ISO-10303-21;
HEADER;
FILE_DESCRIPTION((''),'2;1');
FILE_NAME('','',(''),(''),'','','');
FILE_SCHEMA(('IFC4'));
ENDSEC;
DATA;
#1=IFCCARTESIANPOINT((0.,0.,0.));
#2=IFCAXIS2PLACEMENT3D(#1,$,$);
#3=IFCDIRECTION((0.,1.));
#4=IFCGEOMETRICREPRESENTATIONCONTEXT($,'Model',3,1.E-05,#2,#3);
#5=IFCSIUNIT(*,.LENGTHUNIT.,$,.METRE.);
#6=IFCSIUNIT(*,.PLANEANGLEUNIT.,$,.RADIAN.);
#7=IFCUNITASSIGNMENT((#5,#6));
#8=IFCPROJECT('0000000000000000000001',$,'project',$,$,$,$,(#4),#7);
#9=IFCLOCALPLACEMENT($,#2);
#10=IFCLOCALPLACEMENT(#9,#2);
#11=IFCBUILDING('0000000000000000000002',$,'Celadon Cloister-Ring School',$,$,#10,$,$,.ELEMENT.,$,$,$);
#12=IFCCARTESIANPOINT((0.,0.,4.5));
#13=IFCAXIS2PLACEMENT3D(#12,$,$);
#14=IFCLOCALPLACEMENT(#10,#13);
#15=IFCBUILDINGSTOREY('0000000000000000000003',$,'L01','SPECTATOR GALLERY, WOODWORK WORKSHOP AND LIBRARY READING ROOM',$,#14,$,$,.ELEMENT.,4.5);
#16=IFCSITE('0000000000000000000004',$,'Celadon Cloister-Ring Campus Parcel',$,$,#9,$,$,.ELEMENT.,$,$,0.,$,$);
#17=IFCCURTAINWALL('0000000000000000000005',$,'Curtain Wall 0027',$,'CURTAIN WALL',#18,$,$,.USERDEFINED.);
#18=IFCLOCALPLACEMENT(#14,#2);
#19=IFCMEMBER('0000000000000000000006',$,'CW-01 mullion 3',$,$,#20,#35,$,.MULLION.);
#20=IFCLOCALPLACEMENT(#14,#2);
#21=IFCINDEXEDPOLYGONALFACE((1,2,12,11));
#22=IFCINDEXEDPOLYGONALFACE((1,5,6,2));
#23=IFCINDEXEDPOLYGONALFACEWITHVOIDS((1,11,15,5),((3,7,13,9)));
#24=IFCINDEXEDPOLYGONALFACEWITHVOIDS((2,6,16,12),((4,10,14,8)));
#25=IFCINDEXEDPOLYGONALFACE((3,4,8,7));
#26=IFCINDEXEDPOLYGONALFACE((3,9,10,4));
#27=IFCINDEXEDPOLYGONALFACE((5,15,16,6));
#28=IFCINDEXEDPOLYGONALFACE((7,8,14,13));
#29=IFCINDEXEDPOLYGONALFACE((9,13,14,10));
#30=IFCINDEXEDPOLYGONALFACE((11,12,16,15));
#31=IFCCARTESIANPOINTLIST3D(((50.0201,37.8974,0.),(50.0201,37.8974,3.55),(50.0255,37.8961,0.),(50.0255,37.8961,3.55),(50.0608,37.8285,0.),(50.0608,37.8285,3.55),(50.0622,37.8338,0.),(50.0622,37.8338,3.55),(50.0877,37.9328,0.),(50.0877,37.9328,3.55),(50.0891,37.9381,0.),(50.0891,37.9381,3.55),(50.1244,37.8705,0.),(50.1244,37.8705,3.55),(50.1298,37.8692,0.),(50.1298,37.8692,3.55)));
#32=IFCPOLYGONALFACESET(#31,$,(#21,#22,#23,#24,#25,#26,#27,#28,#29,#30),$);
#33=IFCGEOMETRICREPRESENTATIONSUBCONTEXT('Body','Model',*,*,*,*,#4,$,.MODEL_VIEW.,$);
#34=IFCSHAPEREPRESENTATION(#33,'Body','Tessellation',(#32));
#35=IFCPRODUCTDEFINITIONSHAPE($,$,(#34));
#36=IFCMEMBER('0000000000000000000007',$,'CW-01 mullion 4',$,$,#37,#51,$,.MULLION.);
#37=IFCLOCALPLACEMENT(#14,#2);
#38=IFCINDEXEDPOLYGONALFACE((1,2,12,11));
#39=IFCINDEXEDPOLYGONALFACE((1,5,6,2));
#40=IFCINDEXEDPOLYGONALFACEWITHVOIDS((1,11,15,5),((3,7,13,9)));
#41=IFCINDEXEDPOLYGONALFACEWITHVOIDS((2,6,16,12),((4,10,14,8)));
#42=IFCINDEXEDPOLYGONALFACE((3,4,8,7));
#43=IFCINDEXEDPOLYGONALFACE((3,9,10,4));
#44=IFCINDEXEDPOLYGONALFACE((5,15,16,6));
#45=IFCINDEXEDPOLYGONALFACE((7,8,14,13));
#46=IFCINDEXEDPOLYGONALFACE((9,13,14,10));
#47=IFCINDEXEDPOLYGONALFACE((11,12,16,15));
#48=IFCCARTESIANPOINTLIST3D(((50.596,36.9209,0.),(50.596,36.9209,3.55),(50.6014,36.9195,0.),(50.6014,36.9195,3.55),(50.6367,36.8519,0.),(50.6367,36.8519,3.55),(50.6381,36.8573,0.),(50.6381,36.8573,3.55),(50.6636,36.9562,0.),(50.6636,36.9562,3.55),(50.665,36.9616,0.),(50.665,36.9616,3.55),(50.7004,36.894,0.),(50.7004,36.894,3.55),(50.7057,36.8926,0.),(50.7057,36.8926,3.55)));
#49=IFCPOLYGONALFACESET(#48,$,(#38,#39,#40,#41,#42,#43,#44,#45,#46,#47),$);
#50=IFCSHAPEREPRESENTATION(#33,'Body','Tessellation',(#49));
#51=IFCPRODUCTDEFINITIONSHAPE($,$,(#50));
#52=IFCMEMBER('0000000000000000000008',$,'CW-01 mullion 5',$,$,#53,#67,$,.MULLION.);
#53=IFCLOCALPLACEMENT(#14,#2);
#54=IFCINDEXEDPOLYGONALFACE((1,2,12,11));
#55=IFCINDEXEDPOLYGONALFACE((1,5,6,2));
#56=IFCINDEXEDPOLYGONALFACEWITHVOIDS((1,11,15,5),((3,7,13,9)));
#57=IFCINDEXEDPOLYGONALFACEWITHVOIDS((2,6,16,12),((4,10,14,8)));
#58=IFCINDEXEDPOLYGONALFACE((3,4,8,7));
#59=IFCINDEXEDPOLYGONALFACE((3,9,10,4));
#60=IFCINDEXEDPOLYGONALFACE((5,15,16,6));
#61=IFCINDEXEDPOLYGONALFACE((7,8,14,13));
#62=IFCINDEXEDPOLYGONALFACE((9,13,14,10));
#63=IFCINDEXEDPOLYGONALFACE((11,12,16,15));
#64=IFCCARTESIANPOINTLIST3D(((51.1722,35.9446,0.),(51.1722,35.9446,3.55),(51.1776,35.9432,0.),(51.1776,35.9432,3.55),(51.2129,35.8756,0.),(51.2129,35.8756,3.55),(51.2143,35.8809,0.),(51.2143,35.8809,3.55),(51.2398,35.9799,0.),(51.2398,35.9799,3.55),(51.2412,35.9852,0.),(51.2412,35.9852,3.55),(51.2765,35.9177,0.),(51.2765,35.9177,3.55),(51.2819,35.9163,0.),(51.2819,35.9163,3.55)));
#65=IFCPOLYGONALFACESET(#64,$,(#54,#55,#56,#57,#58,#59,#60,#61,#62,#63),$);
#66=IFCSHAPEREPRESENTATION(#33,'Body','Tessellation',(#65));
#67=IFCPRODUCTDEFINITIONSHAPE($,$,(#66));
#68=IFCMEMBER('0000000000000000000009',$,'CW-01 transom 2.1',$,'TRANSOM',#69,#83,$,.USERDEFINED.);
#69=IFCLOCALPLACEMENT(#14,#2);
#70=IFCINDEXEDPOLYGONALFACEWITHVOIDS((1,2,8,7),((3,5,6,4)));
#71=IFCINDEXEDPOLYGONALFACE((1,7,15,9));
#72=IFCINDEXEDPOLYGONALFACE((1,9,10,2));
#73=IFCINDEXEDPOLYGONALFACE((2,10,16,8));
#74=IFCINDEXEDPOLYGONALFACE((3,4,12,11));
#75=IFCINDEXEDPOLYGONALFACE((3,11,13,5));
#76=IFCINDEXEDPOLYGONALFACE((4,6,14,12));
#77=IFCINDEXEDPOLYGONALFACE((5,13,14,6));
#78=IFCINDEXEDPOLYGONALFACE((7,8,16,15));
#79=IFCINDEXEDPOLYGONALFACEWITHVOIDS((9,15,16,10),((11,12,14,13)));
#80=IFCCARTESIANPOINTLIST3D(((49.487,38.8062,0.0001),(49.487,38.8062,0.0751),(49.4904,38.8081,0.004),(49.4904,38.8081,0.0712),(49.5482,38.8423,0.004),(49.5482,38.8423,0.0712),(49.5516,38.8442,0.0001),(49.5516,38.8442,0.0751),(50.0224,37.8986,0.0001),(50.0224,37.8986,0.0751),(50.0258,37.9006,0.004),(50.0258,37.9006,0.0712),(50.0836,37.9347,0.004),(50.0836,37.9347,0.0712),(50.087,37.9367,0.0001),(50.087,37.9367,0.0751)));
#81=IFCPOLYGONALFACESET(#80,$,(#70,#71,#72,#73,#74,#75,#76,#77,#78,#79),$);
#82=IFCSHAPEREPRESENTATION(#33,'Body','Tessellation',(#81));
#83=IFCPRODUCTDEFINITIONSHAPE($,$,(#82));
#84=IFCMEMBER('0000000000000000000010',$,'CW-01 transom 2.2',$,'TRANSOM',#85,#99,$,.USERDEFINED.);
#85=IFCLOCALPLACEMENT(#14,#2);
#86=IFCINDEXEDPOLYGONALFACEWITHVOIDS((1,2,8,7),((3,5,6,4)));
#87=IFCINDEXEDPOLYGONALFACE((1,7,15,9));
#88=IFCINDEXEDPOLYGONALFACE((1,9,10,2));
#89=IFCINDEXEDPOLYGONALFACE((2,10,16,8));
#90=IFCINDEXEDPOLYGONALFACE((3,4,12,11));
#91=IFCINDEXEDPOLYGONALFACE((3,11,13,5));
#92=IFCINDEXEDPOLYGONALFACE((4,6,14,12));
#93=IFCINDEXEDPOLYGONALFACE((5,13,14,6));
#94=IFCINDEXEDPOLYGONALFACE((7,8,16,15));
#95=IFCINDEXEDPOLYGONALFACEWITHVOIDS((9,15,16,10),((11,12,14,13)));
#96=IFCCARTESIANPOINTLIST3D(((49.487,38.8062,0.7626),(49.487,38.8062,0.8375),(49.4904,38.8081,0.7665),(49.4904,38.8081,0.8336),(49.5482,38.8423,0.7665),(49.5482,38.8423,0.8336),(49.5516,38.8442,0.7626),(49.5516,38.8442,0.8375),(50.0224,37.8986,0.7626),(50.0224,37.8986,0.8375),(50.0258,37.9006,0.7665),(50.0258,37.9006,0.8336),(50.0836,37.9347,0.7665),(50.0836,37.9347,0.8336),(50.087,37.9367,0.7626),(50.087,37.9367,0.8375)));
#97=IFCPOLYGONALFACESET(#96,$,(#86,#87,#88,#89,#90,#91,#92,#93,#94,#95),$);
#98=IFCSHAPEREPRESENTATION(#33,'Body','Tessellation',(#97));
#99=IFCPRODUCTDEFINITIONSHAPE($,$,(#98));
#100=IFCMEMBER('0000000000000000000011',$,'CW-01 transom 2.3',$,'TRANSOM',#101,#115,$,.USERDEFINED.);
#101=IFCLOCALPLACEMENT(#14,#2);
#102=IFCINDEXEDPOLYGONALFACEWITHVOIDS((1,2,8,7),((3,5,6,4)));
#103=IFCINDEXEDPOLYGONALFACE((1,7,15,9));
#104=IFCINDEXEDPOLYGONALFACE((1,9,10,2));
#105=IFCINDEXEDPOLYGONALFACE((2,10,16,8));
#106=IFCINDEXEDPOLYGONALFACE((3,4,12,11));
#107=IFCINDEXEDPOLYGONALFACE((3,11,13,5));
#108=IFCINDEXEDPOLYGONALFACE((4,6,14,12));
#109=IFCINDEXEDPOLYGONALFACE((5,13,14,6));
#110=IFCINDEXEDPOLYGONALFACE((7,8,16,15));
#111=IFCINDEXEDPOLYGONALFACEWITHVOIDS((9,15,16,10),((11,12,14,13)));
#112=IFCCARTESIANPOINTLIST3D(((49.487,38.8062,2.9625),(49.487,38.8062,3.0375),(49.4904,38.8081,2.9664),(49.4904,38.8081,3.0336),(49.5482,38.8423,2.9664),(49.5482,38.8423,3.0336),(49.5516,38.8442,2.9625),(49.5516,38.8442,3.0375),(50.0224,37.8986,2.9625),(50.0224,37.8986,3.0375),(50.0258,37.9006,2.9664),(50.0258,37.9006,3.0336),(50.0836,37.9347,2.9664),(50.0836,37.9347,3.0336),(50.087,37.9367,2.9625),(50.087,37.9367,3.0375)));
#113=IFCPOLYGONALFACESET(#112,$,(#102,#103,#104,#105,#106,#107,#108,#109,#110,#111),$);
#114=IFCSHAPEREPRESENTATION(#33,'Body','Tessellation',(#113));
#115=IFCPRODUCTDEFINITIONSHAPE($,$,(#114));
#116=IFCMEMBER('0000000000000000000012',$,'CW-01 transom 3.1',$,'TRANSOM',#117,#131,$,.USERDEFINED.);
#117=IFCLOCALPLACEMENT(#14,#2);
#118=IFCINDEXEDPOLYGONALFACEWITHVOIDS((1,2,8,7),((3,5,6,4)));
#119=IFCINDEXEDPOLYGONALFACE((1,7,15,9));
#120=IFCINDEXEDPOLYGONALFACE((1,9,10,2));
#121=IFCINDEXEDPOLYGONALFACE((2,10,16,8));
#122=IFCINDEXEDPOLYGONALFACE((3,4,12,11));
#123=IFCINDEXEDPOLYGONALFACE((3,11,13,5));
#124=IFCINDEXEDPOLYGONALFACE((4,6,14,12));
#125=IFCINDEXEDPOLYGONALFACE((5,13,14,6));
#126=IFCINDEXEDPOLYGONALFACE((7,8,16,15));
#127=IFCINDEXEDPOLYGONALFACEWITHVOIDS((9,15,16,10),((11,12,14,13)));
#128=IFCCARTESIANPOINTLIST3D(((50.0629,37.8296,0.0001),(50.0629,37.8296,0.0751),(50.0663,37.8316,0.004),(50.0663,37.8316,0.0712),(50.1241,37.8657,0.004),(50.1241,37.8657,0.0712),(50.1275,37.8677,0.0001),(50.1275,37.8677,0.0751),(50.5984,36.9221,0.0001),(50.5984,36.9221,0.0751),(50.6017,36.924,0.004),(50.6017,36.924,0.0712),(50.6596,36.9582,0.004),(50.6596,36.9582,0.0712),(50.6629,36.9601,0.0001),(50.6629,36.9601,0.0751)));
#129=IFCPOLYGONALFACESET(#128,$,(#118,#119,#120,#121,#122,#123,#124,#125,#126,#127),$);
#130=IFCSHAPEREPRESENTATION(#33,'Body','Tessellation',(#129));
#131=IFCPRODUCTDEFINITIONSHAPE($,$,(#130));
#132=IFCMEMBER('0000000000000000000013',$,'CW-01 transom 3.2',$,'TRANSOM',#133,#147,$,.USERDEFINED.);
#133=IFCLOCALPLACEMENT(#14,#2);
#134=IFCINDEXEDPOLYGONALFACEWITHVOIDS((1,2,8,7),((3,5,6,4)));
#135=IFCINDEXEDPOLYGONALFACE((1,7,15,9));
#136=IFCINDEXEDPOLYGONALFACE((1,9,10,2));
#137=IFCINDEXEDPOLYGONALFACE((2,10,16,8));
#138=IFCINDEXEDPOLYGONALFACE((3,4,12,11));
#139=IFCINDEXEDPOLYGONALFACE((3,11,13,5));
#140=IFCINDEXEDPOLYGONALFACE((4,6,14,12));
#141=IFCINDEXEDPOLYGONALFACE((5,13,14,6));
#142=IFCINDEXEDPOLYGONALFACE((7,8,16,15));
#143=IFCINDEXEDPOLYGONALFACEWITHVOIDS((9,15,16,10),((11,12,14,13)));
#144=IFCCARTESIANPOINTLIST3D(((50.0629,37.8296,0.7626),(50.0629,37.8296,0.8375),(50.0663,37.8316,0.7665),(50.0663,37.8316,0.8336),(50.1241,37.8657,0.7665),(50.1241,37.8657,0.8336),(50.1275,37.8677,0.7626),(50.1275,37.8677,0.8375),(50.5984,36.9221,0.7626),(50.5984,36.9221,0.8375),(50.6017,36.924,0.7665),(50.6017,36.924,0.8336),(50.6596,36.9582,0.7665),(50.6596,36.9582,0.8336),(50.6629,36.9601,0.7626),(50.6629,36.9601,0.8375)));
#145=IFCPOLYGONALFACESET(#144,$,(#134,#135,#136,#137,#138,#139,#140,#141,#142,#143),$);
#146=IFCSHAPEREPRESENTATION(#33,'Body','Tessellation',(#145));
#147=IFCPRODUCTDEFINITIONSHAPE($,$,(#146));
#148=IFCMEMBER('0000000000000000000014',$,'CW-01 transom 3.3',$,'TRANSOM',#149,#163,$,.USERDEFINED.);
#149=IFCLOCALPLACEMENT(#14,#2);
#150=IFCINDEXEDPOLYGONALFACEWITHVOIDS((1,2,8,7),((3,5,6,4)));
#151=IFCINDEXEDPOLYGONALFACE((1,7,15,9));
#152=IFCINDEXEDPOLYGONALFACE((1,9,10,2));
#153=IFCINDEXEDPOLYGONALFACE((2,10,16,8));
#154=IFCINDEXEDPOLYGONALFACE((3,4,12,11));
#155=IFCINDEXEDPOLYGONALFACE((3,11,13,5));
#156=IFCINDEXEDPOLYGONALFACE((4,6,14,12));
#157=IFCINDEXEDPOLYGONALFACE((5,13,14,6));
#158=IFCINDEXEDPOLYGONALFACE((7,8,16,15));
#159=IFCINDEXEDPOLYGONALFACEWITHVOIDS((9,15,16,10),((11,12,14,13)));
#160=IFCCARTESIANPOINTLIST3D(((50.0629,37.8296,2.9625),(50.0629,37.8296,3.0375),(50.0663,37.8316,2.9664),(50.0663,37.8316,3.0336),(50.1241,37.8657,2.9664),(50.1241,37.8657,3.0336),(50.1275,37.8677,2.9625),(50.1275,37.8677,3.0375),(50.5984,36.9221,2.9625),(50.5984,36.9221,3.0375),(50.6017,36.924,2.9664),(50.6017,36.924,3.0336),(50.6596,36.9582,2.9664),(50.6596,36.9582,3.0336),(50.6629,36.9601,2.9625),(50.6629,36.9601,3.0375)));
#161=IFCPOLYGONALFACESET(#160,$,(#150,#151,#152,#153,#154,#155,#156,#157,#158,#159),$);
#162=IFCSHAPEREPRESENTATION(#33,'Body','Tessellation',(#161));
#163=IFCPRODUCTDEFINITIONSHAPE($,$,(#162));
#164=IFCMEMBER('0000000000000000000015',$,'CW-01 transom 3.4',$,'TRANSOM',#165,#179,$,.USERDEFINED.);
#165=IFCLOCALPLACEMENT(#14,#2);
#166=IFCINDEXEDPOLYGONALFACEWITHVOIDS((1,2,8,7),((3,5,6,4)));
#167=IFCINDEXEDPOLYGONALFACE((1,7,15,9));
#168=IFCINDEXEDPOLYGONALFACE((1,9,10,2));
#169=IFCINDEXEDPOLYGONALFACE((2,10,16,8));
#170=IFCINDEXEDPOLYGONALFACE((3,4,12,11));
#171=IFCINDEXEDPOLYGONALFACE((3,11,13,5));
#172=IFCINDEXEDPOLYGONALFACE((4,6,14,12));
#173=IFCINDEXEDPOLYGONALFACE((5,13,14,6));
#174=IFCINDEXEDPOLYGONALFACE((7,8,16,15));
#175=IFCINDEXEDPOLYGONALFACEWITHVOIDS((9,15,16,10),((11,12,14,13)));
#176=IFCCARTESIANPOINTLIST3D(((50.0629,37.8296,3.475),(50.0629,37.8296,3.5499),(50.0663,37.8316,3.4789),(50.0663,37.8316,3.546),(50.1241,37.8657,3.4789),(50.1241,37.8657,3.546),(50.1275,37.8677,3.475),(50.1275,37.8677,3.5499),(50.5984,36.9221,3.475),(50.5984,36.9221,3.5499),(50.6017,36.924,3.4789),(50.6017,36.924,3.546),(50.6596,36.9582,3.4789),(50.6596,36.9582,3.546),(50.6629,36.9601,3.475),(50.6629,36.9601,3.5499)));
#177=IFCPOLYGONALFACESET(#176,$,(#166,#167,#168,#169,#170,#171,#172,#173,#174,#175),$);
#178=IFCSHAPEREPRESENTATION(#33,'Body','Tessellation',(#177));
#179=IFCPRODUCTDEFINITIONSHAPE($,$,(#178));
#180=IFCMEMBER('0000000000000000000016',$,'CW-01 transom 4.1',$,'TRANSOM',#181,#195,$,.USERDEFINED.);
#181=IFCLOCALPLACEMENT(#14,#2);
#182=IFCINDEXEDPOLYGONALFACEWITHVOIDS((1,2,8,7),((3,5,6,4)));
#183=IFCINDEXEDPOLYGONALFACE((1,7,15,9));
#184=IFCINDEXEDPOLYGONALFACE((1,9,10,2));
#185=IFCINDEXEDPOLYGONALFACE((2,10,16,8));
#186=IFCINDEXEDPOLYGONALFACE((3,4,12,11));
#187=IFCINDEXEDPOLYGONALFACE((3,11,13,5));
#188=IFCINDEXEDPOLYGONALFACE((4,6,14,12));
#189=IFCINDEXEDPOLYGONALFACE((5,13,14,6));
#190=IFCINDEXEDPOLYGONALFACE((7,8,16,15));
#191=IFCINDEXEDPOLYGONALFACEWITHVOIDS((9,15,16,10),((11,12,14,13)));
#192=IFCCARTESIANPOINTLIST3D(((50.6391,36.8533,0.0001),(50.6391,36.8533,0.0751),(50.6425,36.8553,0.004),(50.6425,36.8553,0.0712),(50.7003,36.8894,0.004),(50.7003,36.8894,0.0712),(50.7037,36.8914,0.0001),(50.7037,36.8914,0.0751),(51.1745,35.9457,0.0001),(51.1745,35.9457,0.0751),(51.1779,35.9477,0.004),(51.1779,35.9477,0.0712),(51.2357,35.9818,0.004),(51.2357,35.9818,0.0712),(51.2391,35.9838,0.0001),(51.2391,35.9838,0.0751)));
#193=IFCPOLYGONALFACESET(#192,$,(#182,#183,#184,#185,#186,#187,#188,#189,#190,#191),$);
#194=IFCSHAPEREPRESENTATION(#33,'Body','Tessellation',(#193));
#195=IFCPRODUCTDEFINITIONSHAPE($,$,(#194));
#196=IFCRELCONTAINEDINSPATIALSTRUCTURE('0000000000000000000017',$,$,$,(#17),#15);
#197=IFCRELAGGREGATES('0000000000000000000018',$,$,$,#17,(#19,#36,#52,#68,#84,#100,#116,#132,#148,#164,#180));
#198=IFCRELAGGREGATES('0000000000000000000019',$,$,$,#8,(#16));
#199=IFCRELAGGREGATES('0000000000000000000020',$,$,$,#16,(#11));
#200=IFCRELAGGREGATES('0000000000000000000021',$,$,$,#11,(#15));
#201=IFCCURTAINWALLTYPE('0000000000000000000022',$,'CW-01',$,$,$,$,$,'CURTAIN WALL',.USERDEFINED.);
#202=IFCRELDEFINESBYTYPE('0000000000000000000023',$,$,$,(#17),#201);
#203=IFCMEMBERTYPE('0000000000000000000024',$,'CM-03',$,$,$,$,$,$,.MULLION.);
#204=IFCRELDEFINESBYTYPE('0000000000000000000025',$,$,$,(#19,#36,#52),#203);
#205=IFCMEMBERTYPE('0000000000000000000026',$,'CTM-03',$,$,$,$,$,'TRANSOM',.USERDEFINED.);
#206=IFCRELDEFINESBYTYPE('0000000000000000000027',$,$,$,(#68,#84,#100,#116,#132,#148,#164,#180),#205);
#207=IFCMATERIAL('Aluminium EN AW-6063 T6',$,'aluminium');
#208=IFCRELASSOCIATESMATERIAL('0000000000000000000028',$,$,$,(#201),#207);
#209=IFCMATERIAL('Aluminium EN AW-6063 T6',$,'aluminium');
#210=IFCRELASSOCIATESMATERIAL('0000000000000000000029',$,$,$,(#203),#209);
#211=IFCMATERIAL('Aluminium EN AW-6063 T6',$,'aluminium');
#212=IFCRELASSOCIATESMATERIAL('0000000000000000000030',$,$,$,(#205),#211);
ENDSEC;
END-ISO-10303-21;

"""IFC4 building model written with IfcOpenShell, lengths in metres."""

from ifc_helpers import new_model, si_unit, direction, frame, origin, origin_2d, place, context, subcontext, project, spatial, hollow_rectangle, extrude, material, material_profile, profile_set, type_object, element, aggregate, save


model = new_model("IFC4")

# Units and contexts
model_context = context("Model", 3, precision=1e-05, world=origin(), true_north=direction((0.0, 1.0)))
body_context = subcontext(model_context, "Body", "Model", "MODEL_VIEW")
ifc_project = project(units=[si_unit("LENGTHUNIT", "METRE"), si_unit("PLANEANGLEUNIT", "RADIAN")], contexts=[model_context])

# Site, building, storey
site_placement = place(None, origin())
site = spatial("IfcSite", under=ifc_project, at=site_placement, Name="Celadon Cloister-Ring Campus Parcel", CompositionType="ELEMENT", RefElevation=0.0)
building_placement = place(site_placement, origin())
building = spatial("IfcBuilding", under=site, at=building_placement, Name="Celadon Cloister-Ring School", CompositionType="ELEMENT")
storey_placement = place(building_placement, frame((0.0, 0.0, 4.5)))
storey = spatial("IfcBuildingStorey", under=building, at=storey_placement, Name="L01", Description="SPECTATOR GALLERY, WOODWORK WORKSHOP AND LIBRARY READING ROOM", CompositionType="ELEMENT", Elevation=4.5)

# Curtain wall, members
ifc_material_1 = material(Name="Aluminium EN AW-6063 T6", Category="aluminium")
curtain_wall_type = type_object("IfcCurtainWallType", Name="CW-01", ElementType="CURTAIN WALL", PredefinedType="USERDEFINED", material=ifc_material_1)
curtain_wall_placement = place(storey_placement, origin())
curtain_wall = element("IfcCurtainWall", 1, at=curtain_wall_placement, inside=storey, type_object=curtain_wall_type, Name="Curtain Wall 0027", ObjectType="CURTAIN WALL", PredefinedType="USERDEFINED")
ifc_material_2 = material(Name="Aluminium EN AW-6063 T6", Category="aluminium")
ifc_material_profile_1 = material_profile(ifc_material_2, hollow_rectangle(XDim=0.0801, YDim=0.0801, WallThickness=0.0039, at=origin_2d()), Name="RHS80X80X4")
ifc_profile_set_1 = profile_set([ifc_material_profile_1], Name="Aluminium EN AW-6063 T6")
member_type_1 = type_object("IfcMemberType", Name="CM-03", PredefinedType="MULLION", material=ifc_profile_set_1)
member_1_placement = place(storey_placement, frame((50.075, 37.8833, 0.0), z_axis=(0.0, 0.0, 1.0), x_axis=(0.861299, 0.508099, 0.0)))
member_1 = element("IfcMember", 2, at=member_1_placement, type_object=member_type_1, Name="CW-01 mullion 3", PredefinedType="MULLION", context=body_context, shape_type="SweptSolid", body=[
    extrude(hollow_rectangle(XDim=0.0801, YDim=0.0801, WallThickness=0.0039, at=origin_2d()), origin(), (0.0, 0.0, 1.0), 3.55),
])
member_2_placement = place(storey_placement, frame((50.6509, 36.9067, 0.0), z_axis=(0.0, 0.0, 1.0), x_axis=(0.861299, 0.508099, 0.0)))
member_2 = element("IfcMember", 3, at=member_2_placement, type_object=member_type_1, Name="CW-01 mullion 4", PredefinedType="MULLION", context=body_context, shape_type="SweptSolid", body=[
    extrude(hollow_rectangle(XDim=0.0801, YDim=0.0801, WallThickness=0.0039, at=origin_2d()), origin(), (0.0, 0.0, 1.0), 3.55),
])
member_3_placement = place(storey_placement, frame((51.2271, 35.9304, 0.0), z_axis=(0.0, 0.0, 1.0), x_axis=(0.861299, 0.508099, 0.0)))
member_3 = element("IfcMember", 4, at=member_3_placement, type_object=member_type_1, Name="CW-01 mullion 5", PredefinedType="MULLION", context=body_context, shape_type="SweptSolid", body=[
    extrude(hollow_rectangle(XDim=0.0801, YDim=0.0801, WallThickness=0.0039, at=origin_2d()), origin(), (0.0, 0.0, 1.0), 3.55),
])
ifc_material_3 = material(Name="Aluminium EN AW-6063 T6", Category="aluminium")
ifc_material_profile_2 = material_profile(ifc_material_3, hollow_rectangle(XDim=0.075, YDim=0.075, WallThickness=0.0039, at=origin_2d()), Name="RHS75X75X4")
ifc_profile_set_2 = profile_set([ifc_material_profile_2], Name="Aluminium EN AW-6063 T6")
member_type_2 = type_object("IfcMemberType", Name="CTM-03", ElementType="TRANSOM", PredefinedType="USERDEFINED", material=ifc_profile_set_2)
member_4_placement = place(storey_placement, frame((49.5193, 38.8252, 0.0376), z_axis=(0.508144, -0.861272, 0.0), x_axis=(0.861272, 0.508144, 0.0)))
member_4 = element("IfcMember", 5, at=member_4_placement, type_object=member_type_2, Name="CW-01 transom 2.1", ObjectType="TRANSOM", PredefinedType="USERDEFINED", context=body_context, shape_type="SweptSolid", body=[
    extrude(hollow_rectangle(XDim=0.075, YDim=0.075, WallThickness=0.0039, at=origin_2d()), origin(), (0.0, 0.0, 1.0), 1.0537),
])
member_5_placement = place(storey_placement, frame((49.5193, 38.8252, 0.8), z_axis=(0.508144, -0.861272, 0.0), x_axis=(0.861272, 0.508144, 0.0)))
member_5 = element("IfcMember", 6, at=member_5_placement, type_object=member_type_2, Name="CW-01 transom 2.2", ObjectType="TRANSOM", PredefinedType="USERDEFINED", context=body_context, shape_type="SweptSolid", body=[
    extrude(hollow_rectangle(XDim=0.075, YDim=0.075, WallThickness=0.0039, at=origin_2d()), origin(), (0.0, 0.0, 1.0), 1.0537),
])
member_6_placement = place(storey_placement, frame((49.5193, 38.8252, 3.0), z_axis=(0.508144, -0.861272, 0.0), x_axis=(0.861272, 0.508144, 0.0)))
member_6 = element("IfcMember", 7, at=member_6_placement, type_object=member_type_2, Name="CW-01 transom 2.3", ObjectType="TRANSOM", PredefinedType="USERDEFINED", context=body_context, shape_type="SweptSolid", body=[
    extrude(hollow_rectangle(XDim=0.075, YDim=0.075, WallThickness=0.0039, at=origin_2d()), origin(), (0.0, 0.0, 1.0), 1.0537),
])
member_7_placement = place(storey_placement, frame((50.0952, 37.8486, 0.0376), z_axis=(0.508144, -0.861272, 0.0), x_axis=(0.861272, 0.508144, 0.0)))
member_7 = element("IfcMember", 8, at=member_7_placement, type_object=member_type_2, Name="CW-01 transom 3.1", ObjectType="TRANSOM", PredefinedType="USERDEFINED", context=body_context, shape_type="SweptSolid", body=[
    extrude(hollow_rectangle(XDim=0.075, YDim=0.075, WallThickness=0.0039, at=origin_2d()), origin(), (0.0, 0.0, 1.0), 1.0537),
])
member_8_placement = place(storey_placement, frame((50.0952, 37.8486, 0.8), z_axis=(0.508144, -0.861272, 0.0), x_axis=(0.861272, 0.508144, 0.0)))
member_8 = element("IfcMember", 9, at=member_8_placement, type_object=member_type_2, Name="CW-01 transom 3.2", ObjectType="TRANSOM", PredefinedType="USERDEFINED", context=body_context, shape_type="SweptSolid", body=[
    extrude(hollow_rectangle(XDim=0.075, YDim=0.075, WallThickness=0.0039, at=origin_2d()), origin(), (0.0, 0.0, 1.0), 1.0537),
])
member_9_placement = place(storey_placement, frame((50.0952, 37.8486, 3.0), z_axis=(0.508144, -0.861272, 0.0), x_axis=(0.861272, 0.508144, 0.0)))
member_9 = element("IfcMember", 10, at=member_9_placement, type_object=member_type_2, Name="CW-01 transom 3.3", ObjectType="TRANSOM", PredefinedType="USERDEFINED", context=body_context, shape_type="SweptSolid", body=[
    extrude(hollow_rectangle(XDim=0.075, YDim=0.075, WallThickness=0.0039, at=origin_2d()), origin(), (0.0, 0.0, 1.0), 1.0537),
])
member_10_placement = place(storey_placement, frame((50.0952, 37.8486, 3.5125), z_axis=(0.508144, -0.861272, 0.0), x_axis=(0.861272, 0.508144, 0.0)))
member_10 = element("IfcMember", 11, at=member_10_placement, type_object=member_type_2, Name="CW-01 transom 3.4", ObjectType="TRANSOM", PredefinedType="USERDEFINED", context=body_context, shape_type="SweptSolid", body=[
    extrude(hollow_rectangle(XDim=0.075, YDim=0.075, WallThickness=0.0039, at=origin_2d()), origin(), (0.0, 0.0, 1.0), 1.0537),
])
member_11_placement = place(storey_placement, frame((50.6714, 36.8723, 0.0376), z_axis=(0.508144, -0.861272, 0.0), x_axis=(0.861272, 0.508144, 0.0)))
member_11 = element("IfcMember", 12, at=member_11_placement, type_object=member_type_2, Name="CW-01 transom 4.1", ObjectType="TRANSOM", PredefinedType="USERDEFINED", context=body_context, shape_type="SweptSolid", body=[
    extrude(hollow_rectangle(XDim=0.075, YDim=0.075, WallThickness=0.0039, at=origin_2d()), origin(), (0.0, 0.0, 1.0), 1.0537),
])
aggregate(curtain_wall, [member_1, member_2, member_3, member_4, member_5, member_6, member_7, member_8, member_9, member_10, member_11])

save(model, "model.ifc")
